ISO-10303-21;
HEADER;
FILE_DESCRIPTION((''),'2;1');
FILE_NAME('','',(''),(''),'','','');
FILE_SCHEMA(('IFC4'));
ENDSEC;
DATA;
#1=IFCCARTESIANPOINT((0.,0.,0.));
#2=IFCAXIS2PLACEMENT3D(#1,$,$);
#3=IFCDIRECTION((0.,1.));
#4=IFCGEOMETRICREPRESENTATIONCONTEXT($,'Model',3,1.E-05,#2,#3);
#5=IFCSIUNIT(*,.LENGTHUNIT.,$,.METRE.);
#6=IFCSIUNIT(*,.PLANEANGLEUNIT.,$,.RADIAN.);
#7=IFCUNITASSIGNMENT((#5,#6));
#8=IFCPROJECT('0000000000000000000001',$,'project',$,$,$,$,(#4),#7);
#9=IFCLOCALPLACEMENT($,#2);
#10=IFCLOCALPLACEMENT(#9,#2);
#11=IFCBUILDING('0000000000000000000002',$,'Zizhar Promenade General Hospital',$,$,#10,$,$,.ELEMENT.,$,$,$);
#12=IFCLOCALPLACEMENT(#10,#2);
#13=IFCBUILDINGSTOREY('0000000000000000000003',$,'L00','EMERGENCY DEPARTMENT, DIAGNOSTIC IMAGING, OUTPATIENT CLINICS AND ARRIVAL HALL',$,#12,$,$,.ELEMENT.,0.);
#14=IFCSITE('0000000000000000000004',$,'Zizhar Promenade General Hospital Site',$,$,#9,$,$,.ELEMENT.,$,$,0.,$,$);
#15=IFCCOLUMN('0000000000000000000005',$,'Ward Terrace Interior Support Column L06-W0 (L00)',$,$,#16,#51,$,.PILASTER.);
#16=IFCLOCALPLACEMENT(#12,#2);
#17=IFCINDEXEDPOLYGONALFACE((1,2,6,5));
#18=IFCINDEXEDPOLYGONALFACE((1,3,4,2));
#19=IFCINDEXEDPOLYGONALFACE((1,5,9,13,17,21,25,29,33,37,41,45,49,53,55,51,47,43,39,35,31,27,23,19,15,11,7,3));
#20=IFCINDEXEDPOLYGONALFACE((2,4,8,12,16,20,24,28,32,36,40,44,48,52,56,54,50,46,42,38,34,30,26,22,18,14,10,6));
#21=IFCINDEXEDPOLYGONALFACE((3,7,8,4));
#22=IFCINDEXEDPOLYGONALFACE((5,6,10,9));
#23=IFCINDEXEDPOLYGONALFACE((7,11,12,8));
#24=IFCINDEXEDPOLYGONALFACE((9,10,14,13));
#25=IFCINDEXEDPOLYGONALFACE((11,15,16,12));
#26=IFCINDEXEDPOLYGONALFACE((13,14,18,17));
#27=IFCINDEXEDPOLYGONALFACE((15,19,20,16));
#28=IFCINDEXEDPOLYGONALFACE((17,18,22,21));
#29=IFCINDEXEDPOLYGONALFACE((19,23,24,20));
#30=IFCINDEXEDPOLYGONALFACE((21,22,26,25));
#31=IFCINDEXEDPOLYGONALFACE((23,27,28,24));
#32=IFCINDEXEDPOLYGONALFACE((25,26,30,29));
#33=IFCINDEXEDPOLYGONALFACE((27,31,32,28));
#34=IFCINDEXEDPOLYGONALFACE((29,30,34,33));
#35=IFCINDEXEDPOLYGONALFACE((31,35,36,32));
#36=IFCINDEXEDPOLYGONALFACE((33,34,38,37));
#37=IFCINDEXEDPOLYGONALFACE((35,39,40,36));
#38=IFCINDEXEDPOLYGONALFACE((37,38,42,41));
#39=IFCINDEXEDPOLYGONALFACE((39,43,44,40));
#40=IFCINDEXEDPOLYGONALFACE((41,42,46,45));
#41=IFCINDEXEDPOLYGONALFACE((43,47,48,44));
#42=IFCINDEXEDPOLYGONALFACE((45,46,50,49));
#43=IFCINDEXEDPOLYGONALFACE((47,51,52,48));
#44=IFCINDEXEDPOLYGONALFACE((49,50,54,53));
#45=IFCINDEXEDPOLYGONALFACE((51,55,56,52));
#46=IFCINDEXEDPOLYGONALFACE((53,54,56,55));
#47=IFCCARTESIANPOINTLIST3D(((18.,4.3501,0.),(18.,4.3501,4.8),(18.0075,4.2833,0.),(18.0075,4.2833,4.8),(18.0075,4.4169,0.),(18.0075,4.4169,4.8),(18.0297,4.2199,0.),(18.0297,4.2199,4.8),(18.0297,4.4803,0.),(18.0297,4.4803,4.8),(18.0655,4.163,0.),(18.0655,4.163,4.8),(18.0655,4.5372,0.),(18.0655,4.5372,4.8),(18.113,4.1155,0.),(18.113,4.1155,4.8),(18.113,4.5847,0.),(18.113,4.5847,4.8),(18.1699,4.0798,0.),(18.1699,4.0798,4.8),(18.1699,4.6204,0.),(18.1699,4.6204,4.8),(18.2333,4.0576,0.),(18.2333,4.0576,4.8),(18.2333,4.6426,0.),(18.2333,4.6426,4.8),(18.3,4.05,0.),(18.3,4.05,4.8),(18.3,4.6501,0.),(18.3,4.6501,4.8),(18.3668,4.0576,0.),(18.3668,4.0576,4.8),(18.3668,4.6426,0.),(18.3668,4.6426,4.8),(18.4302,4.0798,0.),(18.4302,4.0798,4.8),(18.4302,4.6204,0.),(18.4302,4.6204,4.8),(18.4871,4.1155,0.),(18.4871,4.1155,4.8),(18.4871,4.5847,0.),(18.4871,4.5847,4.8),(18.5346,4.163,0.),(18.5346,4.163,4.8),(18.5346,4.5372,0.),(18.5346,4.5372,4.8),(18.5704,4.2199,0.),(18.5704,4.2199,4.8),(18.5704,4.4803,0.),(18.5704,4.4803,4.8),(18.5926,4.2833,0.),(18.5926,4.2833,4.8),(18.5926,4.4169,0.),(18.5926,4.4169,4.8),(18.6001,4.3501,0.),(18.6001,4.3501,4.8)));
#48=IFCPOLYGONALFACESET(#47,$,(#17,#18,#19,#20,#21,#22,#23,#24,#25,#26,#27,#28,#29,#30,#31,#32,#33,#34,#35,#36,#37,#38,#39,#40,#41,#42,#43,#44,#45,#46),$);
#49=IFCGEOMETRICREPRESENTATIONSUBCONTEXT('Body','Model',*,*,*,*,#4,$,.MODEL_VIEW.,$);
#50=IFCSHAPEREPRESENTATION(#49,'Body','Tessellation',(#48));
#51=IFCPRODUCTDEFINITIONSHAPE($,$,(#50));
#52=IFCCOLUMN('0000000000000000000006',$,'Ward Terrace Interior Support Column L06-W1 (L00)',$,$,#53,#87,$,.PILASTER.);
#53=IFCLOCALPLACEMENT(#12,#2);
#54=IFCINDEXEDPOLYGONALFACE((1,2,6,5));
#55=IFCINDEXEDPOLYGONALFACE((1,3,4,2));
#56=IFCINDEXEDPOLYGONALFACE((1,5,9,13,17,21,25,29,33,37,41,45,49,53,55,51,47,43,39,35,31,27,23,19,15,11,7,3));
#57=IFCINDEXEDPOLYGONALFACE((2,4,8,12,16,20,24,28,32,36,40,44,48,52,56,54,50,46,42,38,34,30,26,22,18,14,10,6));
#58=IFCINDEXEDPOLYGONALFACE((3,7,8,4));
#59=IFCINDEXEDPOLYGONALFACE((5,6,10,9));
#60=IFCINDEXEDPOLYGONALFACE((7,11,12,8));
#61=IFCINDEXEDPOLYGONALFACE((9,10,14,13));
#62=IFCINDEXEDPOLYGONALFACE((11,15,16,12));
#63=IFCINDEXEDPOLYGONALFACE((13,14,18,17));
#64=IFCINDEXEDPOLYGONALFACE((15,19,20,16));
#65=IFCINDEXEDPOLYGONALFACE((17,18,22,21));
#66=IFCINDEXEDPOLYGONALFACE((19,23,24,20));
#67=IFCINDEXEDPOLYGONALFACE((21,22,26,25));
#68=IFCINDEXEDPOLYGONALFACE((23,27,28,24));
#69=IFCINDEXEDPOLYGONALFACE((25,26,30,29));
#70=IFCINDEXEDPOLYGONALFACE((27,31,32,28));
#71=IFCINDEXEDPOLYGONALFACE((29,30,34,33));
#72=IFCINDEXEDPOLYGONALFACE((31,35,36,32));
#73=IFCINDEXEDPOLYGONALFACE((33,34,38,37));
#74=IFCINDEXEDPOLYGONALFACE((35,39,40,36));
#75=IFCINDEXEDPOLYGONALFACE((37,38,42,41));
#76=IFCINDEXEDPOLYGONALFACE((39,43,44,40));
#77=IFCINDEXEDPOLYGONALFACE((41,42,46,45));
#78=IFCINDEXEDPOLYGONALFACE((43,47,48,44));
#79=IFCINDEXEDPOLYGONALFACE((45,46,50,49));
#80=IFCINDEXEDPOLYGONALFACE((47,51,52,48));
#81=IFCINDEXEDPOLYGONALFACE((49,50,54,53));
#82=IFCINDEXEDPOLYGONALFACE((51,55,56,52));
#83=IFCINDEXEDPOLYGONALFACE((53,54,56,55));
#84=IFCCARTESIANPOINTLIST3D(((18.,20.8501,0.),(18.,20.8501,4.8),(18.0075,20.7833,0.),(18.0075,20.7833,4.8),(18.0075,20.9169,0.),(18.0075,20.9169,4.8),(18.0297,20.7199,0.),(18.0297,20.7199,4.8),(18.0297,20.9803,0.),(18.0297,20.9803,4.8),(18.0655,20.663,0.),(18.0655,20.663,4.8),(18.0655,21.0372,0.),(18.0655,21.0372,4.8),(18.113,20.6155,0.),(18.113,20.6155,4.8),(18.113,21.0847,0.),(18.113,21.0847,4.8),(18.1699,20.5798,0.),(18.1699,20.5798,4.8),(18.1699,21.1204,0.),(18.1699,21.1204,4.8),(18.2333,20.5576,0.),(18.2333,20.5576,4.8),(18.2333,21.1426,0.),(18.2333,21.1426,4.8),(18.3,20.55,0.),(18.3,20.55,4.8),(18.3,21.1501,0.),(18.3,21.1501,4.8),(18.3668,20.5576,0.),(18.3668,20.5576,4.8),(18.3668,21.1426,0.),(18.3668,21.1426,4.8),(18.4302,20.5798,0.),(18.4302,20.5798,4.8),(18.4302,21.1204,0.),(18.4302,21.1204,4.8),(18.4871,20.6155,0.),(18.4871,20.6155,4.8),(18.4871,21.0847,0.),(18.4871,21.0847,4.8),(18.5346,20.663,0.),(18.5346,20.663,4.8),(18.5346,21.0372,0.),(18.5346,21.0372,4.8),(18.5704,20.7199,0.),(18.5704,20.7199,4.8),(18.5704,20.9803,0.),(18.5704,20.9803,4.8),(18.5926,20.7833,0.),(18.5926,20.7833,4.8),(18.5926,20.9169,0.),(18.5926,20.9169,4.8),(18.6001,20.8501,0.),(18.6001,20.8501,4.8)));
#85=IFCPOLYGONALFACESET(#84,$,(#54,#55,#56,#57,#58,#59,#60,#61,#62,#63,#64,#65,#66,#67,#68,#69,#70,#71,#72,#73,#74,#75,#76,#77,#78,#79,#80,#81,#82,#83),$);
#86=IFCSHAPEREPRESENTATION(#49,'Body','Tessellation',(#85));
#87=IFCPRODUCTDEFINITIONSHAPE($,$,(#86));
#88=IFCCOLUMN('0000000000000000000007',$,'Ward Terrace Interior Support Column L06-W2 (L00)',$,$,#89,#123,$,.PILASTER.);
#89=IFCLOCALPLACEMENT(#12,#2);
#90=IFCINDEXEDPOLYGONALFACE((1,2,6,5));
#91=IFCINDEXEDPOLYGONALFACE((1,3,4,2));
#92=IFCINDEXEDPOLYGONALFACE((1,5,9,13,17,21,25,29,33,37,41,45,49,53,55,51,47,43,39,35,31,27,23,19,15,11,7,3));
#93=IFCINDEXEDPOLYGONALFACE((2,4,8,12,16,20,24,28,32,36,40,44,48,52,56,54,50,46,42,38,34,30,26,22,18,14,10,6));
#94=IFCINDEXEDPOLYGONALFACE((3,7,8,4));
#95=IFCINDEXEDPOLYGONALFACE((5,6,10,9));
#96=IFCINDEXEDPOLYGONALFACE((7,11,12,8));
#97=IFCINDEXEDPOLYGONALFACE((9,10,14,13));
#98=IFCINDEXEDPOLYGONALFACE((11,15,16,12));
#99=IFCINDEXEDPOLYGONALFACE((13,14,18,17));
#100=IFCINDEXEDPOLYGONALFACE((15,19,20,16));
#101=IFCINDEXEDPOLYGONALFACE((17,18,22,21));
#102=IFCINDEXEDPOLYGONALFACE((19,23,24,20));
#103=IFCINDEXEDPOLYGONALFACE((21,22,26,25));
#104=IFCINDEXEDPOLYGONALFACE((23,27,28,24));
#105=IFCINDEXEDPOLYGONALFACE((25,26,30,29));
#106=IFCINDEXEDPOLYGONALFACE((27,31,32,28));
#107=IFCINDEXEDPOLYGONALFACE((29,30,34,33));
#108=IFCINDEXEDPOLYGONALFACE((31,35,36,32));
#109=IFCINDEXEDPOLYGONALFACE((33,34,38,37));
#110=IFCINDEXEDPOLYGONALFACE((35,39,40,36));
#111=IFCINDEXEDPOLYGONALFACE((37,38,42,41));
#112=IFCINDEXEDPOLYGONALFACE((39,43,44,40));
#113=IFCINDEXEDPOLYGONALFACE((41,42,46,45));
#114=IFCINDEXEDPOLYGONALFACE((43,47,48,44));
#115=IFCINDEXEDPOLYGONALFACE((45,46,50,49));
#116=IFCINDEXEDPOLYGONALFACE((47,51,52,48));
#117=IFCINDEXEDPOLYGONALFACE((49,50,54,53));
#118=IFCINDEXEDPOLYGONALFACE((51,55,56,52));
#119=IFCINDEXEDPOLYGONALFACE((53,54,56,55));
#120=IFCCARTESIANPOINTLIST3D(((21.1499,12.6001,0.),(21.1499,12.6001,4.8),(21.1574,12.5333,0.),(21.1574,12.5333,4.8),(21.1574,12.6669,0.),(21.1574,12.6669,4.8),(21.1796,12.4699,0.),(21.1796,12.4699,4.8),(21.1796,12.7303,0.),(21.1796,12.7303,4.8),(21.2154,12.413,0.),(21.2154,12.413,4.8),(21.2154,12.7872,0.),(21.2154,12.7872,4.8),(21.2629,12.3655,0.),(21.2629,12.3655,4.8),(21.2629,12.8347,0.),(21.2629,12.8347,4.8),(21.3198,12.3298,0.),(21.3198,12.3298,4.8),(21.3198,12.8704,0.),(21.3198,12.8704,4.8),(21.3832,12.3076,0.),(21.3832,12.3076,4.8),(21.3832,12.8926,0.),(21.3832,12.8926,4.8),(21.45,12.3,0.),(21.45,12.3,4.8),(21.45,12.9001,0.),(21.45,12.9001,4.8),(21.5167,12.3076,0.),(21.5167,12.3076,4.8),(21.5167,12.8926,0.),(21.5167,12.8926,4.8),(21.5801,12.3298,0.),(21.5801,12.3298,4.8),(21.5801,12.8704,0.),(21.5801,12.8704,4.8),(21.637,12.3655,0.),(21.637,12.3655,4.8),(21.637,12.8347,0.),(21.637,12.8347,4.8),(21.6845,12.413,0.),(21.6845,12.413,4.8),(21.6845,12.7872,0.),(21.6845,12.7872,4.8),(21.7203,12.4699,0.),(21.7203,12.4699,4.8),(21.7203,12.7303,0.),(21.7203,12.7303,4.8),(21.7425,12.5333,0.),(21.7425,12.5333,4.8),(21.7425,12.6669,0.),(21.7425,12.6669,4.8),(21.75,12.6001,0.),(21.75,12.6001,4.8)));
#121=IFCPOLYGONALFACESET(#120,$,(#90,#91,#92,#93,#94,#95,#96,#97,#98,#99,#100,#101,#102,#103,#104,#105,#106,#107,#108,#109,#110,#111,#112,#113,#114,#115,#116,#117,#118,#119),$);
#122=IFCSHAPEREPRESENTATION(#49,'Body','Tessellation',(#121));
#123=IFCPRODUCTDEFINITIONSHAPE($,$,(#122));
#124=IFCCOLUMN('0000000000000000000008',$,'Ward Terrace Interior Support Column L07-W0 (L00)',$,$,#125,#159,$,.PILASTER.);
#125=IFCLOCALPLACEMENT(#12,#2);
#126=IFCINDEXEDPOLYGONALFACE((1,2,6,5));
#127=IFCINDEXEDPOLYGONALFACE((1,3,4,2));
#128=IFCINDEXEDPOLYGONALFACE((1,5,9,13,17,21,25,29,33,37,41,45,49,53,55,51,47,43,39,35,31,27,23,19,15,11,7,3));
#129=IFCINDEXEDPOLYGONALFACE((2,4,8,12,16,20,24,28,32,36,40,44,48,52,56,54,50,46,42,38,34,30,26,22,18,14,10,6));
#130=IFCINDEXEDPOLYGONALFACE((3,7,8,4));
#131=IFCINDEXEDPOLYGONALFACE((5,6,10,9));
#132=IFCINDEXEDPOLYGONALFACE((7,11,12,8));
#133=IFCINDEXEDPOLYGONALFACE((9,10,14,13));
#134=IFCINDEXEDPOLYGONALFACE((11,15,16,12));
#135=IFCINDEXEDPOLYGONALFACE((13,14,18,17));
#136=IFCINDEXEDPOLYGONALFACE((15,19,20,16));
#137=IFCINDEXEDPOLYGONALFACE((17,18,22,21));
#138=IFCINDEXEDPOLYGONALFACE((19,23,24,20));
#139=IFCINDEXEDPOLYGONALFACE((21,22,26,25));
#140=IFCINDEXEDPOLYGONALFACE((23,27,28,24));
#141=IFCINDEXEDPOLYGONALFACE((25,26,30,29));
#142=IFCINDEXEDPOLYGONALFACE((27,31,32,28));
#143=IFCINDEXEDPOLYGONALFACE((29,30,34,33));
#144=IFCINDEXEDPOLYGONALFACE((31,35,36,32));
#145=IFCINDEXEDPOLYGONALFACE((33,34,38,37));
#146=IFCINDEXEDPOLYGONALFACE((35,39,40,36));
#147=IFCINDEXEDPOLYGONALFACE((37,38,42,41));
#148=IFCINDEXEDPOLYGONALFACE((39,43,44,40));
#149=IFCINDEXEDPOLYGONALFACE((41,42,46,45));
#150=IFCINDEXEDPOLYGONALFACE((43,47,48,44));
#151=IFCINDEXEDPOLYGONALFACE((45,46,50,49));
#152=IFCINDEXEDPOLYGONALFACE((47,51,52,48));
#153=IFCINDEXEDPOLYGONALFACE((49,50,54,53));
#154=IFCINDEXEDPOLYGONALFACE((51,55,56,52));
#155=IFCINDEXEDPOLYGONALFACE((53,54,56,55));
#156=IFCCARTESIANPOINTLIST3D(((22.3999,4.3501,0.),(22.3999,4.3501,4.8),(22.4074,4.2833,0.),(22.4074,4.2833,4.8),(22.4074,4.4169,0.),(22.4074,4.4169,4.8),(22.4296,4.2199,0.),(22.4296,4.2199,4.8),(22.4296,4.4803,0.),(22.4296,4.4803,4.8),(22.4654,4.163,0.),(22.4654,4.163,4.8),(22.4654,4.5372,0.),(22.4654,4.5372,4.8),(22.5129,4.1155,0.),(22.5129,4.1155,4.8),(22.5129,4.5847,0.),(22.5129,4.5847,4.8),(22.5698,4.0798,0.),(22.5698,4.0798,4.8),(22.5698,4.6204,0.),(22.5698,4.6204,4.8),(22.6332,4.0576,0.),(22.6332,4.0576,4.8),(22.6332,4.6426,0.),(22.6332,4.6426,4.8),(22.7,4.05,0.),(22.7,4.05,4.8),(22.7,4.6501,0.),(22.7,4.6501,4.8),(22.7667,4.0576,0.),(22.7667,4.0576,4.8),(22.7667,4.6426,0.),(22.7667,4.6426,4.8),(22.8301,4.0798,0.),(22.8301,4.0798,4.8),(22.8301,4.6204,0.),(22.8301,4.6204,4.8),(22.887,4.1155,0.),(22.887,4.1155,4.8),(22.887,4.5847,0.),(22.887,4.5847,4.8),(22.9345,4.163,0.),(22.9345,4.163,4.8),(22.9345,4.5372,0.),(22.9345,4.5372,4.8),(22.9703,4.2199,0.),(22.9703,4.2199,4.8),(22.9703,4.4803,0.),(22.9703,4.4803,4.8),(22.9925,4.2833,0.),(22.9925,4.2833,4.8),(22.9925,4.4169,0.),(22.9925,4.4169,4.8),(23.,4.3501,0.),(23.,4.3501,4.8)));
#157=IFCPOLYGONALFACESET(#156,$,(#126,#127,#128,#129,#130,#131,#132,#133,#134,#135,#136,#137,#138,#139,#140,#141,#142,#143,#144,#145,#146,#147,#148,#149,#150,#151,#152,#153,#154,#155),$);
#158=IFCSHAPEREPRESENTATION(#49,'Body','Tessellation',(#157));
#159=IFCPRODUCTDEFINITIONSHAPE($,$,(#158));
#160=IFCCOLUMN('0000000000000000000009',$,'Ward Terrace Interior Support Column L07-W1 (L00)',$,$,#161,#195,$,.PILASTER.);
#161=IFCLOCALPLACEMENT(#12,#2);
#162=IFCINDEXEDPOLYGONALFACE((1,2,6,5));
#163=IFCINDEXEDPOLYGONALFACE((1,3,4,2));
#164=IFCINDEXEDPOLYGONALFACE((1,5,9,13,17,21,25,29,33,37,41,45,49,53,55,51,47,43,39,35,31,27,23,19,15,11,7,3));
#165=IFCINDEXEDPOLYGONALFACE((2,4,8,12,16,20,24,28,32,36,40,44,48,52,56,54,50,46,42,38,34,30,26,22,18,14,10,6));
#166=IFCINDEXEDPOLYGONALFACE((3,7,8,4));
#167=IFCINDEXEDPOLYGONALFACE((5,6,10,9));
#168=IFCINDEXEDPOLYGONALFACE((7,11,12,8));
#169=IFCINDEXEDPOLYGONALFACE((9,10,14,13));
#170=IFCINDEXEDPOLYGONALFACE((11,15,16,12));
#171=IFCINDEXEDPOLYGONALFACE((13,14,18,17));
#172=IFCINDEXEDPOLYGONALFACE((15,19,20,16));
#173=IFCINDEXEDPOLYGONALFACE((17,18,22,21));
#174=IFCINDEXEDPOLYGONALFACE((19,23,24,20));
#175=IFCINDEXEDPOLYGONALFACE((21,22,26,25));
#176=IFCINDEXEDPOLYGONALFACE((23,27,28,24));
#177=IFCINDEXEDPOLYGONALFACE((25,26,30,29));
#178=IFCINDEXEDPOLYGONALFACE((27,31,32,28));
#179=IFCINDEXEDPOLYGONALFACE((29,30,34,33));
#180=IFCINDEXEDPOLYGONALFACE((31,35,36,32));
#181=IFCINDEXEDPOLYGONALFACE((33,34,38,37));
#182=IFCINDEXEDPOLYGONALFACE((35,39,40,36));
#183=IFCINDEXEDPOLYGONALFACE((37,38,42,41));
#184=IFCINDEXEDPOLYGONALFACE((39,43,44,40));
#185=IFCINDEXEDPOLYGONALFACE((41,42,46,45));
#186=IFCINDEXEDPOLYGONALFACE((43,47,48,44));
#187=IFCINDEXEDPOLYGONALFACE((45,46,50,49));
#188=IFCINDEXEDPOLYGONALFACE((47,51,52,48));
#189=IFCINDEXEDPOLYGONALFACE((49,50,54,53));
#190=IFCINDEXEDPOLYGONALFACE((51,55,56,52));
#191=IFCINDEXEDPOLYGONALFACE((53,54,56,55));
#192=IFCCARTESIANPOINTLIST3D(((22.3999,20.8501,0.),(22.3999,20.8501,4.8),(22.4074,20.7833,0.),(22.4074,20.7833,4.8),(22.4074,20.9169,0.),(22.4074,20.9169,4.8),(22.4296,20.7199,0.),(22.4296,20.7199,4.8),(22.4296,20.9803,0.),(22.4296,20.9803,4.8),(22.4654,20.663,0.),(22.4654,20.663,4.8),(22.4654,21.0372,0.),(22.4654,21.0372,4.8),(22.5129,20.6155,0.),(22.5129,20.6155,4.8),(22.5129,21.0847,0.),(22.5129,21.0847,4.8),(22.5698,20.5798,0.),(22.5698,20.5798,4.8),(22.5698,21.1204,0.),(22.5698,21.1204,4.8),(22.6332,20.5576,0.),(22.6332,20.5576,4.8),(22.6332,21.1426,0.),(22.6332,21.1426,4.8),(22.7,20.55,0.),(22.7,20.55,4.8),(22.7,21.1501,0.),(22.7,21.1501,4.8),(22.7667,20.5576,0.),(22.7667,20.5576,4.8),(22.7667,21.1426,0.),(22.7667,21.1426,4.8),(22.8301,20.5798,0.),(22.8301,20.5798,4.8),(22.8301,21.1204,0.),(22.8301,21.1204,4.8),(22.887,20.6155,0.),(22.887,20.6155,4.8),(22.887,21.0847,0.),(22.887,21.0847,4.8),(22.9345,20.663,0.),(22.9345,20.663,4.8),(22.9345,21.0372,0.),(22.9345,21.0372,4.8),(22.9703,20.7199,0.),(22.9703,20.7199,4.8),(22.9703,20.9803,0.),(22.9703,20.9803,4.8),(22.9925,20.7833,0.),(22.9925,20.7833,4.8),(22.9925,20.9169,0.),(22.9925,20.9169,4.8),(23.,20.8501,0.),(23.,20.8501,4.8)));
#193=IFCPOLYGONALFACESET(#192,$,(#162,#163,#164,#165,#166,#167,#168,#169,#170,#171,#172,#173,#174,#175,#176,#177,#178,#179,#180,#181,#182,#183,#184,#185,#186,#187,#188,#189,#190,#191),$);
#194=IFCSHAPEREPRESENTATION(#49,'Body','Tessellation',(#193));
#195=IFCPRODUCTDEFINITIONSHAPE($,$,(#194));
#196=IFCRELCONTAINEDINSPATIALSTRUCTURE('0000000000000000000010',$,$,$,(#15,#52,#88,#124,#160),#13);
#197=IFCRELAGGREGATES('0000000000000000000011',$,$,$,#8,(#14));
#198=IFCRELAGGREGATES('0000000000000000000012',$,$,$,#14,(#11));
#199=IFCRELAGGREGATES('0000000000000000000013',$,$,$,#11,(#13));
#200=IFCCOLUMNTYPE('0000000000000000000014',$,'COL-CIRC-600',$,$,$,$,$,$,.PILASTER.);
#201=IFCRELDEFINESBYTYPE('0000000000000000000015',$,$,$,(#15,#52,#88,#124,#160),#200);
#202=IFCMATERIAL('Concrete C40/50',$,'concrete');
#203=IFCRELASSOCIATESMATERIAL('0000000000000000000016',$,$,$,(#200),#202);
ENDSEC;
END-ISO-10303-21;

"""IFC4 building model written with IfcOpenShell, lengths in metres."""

from ifc_helpers import new_model, si_unit, direction, frame, origin, origin_2d, place, context, subcontext, project, spatial, circle, extrude, material, material_profile, profile_set, type_object, element, save


model = new_model("IFC4")

# Units and contexts
model_context = context("Model", 3, precision=1e-05, world=origin(), true_north=direction((0.0, 1.0)))
body_context = subcontext(model_context, "Body", "Model", "MODEL_VIEW")
ifc_project = project(units=[si_unit("LENGTHUNIT", "METRE"), si_unit("PLANEANGLEUNIT", "RADIAN")], contexts=[model_context])

# Site, building, storey
site_placement = place(None, origin())
site = spatial("IfcSite", under=ifc_project, at=site_placement, Name="Zizhar Promenade General Hospital Site", CompositionType="ELEMENT", RefElevation=0.0)
building_placement = place(site_placement, origin())
building = spatial("IfcBuilding", under=site, at=building_placement, Name="Zizhar Promenade General Hospital", CompositionType="ELEMENT")
storey_placement = place(building_placement, origin())
storey = spatial("IfcBuildingStorey", under=building, at=storey_placement, Name="L00", Description="EMERGENCY DEPARTMENT, DIAGNOSTIC IMAGING, OUTPATIENT CLINICS AND ARRIVAL HALL", CompositionType="ELEMENT", Elevation=0.0)

# Columns
ifc_material_1 = material(Name="Concrete C40/50", Category="concrete")
ifc_material_profile_1 = material_profile(ifc_material_1, circle(Radius=0.3, at=origin_2d()))
ifc_profile_set_1 = profile_set([ifc_material_profile_1], Name="Concrete C40/50")
column_type_1 = type_object("IfcColumnType", Name="COL-CIRC-600", PredefinedType="PILASTER", material=ifc_profile_set_1)
for number, where, z_axis, x_axis, name in (
    (1, (18.3, 4.3501, 0.0), (0.0, 0.0, 1.0), (1.0, 0.0, 0.0), "Ward Terrace Interior Support Column L06-W0 (L00)"),
    (2, (18.3, 20.8501, 0.0), (0.0, 0.0, 1.0), (1.0, 0.0, 0.0), "Ward Terrace Interior Support Column L06-W1 (L00)"),
    (3, (21.45, 12.6001, 0.0), (0.0, 0.0, 1.0), (1.0, 0.0, 0.0), "Ward Terrace Interior Support Column L06-W2 (L00)"),
    (4, (22.7, 4.3501, 0.0), (0.0, 0.0, 1.0), (1.0, 0.0, 0.0), "Ward Terrace Interior Support Column L07-W0 (L00)"),
    (5, (22.7, 20.8501, 0.0), (0.0, 0.0, 1.0), (1.0, 0.0, 0.0), "Ward Terrace Interior Support Column L07-W1 (L00)"),
):
    element("IfcColumn", number, at=place(storey_placement, frame(where, z_axis=z_axis, x_axis=x_axis)), inside=storey, type_object=column_type_1, Name=name, PredefinedType="PILASTER", context=body_context, shape_type="SweptSolid", body=[
        extrude(circle(Radius=0.3, at=origin_2d()), origin(), (0.0, 0.0, 1.0), 4.8),
    ])

save(model, "model.ifc")
